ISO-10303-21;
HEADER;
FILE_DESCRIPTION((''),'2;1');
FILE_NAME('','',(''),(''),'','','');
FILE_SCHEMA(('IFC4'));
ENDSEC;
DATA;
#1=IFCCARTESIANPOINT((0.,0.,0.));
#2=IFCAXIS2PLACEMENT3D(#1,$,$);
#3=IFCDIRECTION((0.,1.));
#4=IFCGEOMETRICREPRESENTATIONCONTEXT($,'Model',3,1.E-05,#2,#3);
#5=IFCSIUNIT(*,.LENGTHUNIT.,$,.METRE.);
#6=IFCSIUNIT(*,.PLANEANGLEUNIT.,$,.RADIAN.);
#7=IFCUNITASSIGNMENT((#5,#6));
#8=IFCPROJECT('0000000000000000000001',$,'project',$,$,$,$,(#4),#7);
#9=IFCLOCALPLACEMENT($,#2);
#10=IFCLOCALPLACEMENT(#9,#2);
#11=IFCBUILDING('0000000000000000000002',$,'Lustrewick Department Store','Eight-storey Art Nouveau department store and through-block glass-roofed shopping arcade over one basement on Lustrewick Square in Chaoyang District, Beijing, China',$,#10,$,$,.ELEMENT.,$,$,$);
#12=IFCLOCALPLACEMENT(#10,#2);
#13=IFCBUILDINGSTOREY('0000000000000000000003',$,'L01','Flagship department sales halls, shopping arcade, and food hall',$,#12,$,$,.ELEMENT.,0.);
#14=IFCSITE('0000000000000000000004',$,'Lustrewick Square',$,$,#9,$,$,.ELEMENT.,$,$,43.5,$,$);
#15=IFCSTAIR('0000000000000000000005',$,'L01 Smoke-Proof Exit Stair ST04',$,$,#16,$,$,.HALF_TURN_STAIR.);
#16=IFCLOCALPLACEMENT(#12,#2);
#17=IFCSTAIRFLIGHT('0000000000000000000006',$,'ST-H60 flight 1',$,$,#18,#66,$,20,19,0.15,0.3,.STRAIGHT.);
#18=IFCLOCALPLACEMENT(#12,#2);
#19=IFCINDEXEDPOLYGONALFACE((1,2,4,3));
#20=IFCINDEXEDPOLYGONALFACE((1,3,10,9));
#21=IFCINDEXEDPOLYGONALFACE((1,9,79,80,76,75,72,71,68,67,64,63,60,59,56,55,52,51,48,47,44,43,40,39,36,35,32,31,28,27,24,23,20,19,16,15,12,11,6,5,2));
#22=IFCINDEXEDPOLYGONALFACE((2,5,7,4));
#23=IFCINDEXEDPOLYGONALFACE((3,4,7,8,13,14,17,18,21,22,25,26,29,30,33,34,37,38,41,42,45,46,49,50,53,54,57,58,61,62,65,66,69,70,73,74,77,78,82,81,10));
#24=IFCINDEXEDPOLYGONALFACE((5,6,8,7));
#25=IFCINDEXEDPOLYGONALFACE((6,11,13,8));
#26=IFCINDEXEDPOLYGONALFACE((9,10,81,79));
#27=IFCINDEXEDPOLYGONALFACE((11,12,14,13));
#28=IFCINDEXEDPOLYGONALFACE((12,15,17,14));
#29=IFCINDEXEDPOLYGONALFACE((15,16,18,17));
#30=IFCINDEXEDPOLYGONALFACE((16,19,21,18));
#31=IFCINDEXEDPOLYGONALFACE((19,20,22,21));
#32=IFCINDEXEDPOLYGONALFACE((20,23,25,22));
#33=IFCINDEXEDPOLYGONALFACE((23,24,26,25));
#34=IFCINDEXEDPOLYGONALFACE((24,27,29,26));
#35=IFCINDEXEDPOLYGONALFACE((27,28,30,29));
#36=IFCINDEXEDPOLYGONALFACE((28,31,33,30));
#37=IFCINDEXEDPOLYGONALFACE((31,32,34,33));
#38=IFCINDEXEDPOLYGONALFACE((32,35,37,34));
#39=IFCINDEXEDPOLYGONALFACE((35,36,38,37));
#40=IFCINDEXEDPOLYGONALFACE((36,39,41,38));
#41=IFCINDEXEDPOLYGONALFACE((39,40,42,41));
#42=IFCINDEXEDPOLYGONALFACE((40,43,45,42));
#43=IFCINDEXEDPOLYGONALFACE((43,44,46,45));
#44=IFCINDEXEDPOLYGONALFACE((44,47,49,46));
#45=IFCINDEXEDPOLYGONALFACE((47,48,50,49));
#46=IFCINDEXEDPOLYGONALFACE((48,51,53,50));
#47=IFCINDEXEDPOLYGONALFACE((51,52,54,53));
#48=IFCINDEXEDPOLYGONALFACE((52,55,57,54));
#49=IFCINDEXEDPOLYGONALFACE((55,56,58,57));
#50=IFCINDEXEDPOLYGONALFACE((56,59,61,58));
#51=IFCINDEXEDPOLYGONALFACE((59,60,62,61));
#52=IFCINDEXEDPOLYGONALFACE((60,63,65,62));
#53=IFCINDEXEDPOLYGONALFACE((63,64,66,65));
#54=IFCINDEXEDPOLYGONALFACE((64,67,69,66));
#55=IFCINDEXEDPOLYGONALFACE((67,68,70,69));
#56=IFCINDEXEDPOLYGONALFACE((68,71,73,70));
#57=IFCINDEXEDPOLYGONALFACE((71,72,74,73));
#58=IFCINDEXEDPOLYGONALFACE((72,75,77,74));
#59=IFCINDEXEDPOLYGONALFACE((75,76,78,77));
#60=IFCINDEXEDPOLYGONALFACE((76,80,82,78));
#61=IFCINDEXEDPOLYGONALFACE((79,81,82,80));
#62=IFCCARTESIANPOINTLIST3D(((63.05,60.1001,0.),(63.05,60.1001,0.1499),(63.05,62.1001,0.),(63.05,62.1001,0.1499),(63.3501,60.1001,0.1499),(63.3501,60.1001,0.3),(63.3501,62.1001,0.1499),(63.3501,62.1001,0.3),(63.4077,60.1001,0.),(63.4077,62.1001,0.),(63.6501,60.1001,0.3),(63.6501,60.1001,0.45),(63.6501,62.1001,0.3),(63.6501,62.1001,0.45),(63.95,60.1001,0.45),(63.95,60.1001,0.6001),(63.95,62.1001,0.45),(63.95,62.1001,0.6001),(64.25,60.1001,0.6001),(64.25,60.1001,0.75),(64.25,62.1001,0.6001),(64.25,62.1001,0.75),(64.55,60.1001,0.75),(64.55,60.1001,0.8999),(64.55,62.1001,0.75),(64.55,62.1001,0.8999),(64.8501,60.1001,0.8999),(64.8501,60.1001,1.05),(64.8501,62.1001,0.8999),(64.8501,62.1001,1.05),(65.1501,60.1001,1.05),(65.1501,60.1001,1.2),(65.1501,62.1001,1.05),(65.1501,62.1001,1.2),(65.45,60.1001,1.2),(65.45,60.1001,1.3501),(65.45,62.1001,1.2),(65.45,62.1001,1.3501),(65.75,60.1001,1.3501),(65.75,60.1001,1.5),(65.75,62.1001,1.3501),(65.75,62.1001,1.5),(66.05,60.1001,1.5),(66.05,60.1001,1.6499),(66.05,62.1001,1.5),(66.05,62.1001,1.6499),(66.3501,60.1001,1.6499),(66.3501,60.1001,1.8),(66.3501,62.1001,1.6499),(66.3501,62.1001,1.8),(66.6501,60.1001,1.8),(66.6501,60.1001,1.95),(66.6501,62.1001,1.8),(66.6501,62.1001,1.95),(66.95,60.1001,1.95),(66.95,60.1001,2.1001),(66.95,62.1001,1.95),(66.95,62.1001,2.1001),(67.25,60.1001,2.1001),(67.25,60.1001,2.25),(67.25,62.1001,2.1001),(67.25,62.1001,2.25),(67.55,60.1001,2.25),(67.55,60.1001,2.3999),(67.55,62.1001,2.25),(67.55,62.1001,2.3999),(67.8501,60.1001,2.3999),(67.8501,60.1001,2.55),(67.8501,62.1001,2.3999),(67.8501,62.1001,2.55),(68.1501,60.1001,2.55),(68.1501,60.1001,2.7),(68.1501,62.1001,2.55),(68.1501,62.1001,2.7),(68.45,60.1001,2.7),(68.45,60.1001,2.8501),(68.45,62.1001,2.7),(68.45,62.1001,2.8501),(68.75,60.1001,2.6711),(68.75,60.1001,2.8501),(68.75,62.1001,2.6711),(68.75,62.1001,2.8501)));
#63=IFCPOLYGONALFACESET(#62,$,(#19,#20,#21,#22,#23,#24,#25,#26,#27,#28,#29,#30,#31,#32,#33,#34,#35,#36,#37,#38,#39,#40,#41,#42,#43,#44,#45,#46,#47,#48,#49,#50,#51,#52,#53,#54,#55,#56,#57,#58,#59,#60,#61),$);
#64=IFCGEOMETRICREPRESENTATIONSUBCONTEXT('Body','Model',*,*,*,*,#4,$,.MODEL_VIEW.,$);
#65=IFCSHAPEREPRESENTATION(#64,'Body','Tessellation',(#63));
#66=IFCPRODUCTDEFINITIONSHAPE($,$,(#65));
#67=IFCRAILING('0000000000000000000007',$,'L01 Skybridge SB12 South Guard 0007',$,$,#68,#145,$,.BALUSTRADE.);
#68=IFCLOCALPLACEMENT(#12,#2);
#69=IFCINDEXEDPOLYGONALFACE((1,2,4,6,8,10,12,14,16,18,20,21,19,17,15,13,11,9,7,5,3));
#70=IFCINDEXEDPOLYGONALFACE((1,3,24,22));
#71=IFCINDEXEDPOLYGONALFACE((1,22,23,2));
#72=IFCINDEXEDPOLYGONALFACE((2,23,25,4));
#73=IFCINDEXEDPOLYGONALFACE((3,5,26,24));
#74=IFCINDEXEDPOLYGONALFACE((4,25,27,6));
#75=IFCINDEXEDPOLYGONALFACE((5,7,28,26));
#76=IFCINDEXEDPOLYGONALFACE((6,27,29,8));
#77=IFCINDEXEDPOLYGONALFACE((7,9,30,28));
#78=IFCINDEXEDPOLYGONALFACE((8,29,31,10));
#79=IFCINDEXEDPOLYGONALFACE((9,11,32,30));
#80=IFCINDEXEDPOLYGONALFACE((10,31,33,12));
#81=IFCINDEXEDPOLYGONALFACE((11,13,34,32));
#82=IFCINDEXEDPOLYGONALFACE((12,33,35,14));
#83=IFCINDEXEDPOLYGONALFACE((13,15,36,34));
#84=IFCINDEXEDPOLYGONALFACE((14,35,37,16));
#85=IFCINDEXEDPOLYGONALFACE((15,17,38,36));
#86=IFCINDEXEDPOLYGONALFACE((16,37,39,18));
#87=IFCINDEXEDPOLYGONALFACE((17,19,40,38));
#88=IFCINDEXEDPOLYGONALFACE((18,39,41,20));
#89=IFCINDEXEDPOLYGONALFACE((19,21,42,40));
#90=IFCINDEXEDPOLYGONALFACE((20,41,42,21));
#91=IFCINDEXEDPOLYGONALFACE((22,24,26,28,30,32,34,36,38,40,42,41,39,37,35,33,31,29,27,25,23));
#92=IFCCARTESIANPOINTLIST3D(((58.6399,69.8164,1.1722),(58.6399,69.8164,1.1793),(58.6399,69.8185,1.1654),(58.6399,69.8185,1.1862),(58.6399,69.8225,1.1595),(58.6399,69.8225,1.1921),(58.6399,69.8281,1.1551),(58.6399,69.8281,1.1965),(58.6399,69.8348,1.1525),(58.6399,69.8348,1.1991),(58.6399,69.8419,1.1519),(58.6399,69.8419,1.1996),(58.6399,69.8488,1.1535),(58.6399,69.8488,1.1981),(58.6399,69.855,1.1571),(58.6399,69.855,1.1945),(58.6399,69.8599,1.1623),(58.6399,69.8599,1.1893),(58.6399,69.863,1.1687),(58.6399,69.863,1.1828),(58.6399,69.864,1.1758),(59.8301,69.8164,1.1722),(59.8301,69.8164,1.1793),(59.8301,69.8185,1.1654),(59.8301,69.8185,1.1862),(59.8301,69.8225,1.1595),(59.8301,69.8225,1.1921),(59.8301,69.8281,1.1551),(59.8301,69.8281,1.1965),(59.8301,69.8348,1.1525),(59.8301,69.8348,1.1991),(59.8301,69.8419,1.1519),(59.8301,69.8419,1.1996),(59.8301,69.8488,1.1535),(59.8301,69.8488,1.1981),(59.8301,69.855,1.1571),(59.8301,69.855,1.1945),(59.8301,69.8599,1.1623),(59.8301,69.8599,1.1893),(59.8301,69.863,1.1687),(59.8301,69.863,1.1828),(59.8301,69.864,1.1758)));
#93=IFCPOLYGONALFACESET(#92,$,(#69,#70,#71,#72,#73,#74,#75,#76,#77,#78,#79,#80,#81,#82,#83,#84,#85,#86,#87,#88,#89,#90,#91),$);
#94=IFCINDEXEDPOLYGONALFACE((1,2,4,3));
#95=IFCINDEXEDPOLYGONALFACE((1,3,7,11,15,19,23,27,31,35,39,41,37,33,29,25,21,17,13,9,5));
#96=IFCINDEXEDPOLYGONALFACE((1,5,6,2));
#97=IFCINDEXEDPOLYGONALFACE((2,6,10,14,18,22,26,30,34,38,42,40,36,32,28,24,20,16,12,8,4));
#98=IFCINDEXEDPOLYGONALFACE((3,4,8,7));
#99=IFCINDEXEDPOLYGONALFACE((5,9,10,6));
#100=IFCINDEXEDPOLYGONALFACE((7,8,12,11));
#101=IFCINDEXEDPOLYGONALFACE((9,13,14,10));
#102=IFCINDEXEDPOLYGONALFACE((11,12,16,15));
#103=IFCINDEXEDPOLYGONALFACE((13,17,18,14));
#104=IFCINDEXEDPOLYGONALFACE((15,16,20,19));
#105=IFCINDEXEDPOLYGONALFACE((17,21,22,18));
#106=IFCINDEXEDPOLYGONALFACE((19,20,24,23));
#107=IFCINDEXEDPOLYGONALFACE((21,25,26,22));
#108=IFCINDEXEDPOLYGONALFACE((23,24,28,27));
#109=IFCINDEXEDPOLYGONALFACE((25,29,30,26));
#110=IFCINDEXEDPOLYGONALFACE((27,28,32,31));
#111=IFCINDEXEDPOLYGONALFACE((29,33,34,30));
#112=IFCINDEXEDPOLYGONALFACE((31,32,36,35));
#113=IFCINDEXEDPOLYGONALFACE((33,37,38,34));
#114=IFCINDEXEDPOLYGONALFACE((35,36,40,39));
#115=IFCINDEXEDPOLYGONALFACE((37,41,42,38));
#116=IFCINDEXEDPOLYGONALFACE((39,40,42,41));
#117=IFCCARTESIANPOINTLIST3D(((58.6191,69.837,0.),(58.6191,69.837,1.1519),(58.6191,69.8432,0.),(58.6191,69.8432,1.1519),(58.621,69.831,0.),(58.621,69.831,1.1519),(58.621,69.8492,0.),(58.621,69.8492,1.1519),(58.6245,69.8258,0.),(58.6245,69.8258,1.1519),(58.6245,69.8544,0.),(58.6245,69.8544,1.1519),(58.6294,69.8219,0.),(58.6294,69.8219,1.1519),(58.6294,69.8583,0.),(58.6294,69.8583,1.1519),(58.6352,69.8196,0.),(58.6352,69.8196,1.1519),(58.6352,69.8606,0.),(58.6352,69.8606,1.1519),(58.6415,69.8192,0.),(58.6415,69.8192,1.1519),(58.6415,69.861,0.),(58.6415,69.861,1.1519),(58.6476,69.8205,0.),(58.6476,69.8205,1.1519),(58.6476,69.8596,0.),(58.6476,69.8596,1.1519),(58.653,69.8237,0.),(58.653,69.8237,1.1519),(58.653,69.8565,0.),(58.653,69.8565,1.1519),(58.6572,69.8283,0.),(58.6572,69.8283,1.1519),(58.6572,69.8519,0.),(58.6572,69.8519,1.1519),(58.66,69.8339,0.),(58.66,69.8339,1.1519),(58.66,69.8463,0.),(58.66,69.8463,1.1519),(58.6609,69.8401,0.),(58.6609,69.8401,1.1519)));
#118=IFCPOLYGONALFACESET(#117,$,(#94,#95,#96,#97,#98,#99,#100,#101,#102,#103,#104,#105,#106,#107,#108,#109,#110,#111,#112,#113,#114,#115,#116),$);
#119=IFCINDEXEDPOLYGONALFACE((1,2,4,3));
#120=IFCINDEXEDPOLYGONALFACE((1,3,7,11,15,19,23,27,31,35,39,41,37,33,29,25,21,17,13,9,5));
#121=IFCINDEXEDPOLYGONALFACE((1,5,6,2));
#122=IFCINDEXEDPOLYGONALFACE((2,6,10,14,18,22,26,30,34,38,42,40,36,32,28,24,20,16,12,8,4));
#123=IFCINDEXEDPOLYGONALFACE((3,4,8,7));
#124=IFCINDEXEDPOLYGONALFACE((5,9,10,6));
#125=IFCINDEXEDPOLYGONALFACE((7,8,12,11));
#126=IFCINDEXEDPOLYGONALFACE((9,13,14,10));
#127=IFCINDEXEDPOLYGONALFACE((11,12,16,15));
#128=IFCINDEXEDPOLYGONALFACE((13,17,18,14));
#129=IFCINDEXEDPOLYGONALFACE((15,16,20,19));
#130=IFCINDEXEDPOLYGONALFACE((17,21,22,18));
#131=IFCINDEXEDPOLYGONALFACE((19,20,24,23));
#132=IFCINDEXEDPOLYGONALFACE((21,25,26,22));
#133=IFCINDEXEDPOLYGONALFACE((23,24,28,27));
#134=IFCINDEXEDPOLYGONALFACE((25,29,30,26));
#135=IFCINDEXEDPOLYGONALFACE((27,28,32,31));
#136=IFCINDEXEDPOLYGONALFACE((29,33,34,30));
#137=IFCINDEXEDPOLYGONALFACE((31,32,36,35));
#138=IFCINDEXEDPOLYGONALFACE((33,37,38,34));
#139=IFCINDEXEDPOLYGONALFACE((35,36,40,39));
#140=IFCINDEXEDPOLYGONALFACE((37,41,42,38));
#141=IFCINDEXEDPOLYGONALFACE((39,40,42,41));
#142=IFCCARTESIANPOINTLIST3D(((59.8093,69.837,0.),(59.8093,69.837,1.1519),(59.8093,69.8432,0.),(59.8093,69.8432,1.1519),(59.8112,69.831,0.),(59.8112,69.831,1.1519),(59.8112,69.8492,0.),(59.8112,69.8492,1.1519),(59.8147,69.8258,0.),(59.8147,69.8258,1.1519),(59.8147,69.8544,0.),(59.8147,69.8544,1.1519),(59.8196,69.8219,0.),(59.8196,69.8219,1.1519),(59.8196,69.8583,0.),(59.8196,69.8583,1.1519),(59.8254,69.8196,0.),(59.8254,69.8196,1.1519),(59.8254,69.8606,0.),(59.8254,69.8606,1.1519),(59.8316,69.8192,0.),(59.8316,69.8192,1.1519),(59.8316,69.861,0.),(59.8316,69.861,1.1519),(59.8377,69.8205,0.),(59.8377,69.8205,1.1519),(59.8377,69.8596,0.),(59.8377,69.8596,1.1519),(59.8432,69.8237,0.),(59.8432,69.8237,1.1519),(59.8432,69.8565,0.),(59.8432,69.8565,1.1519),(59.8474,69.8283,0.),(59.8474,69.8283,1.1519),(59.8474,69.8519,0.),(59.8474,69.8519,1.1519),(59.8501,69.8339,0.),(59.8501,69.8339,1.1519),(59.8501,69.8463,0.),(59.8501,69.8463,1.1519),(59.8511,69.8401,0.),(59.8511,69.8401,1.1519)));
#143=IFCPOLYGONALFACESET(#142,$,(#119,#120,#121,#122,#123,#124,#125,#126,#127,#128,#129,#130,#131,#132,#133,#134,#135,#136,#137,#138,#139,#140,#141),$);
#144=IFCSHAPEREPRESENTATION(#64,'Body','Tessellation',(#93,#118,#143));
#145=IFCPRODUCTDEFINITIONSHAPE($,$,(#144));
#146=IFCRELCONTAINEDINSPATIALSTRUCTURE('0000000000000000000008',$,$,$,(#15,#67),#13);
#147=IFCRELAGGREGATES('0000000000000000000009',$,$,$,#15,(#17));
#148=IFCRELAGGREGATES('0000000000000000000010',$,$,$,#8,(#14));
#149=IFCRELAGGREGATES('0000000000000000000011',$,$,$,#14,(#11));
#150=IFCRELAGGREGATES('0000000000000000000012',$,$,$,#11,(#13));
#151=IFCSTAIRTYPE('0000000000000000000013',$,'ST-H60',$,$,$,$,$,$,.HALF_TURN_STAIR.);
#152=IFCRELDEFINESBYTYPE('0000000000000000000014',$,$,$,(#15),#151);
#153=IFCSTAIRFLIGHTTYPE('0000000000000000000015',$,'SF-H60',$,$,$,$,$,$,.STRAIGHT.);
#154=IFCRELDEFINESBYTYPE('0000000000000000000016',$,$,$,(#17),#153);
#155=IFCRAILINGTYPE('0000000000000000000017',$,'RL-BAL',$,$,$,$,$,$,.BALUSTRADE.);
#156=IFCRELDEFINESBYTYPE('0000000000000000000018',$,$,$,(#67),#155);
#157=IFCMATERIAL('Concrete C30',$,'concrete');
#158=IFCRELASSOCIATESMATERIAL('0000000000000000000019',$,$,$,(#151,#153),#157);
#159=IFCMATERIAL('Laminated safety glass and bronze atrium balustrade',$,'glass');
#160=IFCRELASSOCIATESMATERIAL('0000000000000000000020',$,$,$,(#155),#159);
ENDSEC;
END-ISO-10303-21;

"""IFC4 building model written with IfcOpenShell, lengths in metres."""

from ifc_helpers import new_model, si_unit, direction, frame, origin, origin_2d, place, context, subcontext, project, spatial, polyline, circle, outline, extrude, material, type_object, element, aggregate, save


model = new_model("IFC4")

# Units and contexts
model_context = context("Model", 3, precision=1e-05, world=origin(), true_north=direction((0.0, 1.0)))
body_context = subcontext(model_context, "Body", "Model", "MODEL_VIEW")
ifc_project = project(units=[si_unit("LENGTHUNIT", "METRE"), si_unit("PLANEANGLEUNIT", "RADIAN")], contexts=[model_context])

# Site, building, storey
site_placement = place(None, origin())
site = spatial("IfcSite", under=ifc_project, at=site_placement, Name="Lustrewick Square", CompositionType="ELEMENT", RefElevation=43.5)
building_placement = place(site_placement, origin())
building = spatial("IfcBuilding", under=site, at=building_placement, Name="Lustrewick Department Store", Description="Eight-storey Art Nouveau department store and through-block glass-roofed shopping arcade over one basement on Lustrewick Square in Chaoyang District, Beijing, China", CompositionType="ELEMENT")
storey_placement = place(building_placement, origin())
storey = spatial("IfcBuildingStorey", under=building, at=storey_placement, Name="L01", Description="Flagship department sales halls, shopping arcade, and food hall", CompositionType="ELEMENT", Elevation=0.0)

# Stair, stair flight
ifc_material_1 = material(Name="Concrete C30", Category="concrete")
stair_type = type_object("IfcStairType", Name="ST-H60", PredefinedType="HALF_TURN_STAIR", material=ifc_material_1)
stair_placement = place(storey_placement, origin())
stair = element("IfcStair", 1, at=stair_placement, inside=storey, type_object=stair_type, Name="L01 Smoke-Proof Exit Stair ST04", PredefinedType="HALF_TURN_STAIR")
stair_flight_type = type_object("IfcStairFlightType", Name="SF-H60", PredefinedType="STRAIGHT", material=ifc_material_1)
stair_flight_placement = place(storey_placement, frame((63.05, 61.1001, 0.0), z_axis=(0.0, 0.0, 1.0), x_axis=(1.0, 0.0, 0.0)))
stair_flight = element("IfcStairFlight", 2, at=stair_flight_placement, type_object=stair_flight_type, Name="ST-H60 flight 1", NumberOfRisers=20, NumberOfTreads=19, PredefinedType="STRAIGHT", RiserHeight=0.15, TreadLength=0.3, context=body_context, shape_type="SweptSolid", body=[
    extrude(outline(polyline([(0.0, 0.0), (0.0, 0.1499), (0.3, 0.1499), (0.3, 0.3), (0.6001, 0.3), (0.6001, 0.45), (0.8999, 0.45), (0.8999, 0.6001), (1.2, 0.6001), (1.2, 0.75), (1.5, 0.75), (1.5, 0.8999), (1.8, 0.8999), (1.8, 1.05), (2.1001, 1.05), (2.1001, 1.2), (2.3999, 1.2), (2.3999, 1.3501), (2.7, 1.3501), (2.7, 1.5), (3.0, 1.5), (3.0, 1.6499), (3.3, 1.6499), (3.3, 1.8), (3.6001, 1.8), (3.6001, 1.95), (3.8999, 1.95), (3.8999, 2.1001), (4.2, 2.1001), (4.2, 2.25), (4.5, 2.25), (4.5, 2.3999), (4.8, 2.3999), (4.8, 2.55), (5.1001, 2.55), (5.1001, 2.7), (5.3999, 2.7), (5.3999, 2.8501), (5.7, 2.8501), (5.7, 3.0), (5.7, 2.6711), (0.3577, 0.0), (0.0, 0.0)])), frame((0.0, 1.0, 0.0), z_axis=(0.0, -1.0, 0.0), x_axis=(1.0, 0.0, 0.0)), (0.0, 0.0, 1.0), 2.0),
])
aggregate(stair, [stair_flight])

# Railing
ifc_material_2 = material(Name="Laminated safety glass and bronze atrium balustrade", Category="glass")
railing_type_1 = type_object("IfcRailingType", Name="RL-BAL", PredefinedType="BALUSTRADE", material=ifc_material_2)
for number, where, name in (
    (3, (58.6399, 69.8401, 0.0), "L01 Skybridge SB12 South Guard 0007"),
):
    element("IfcRailing", number, at=place(storey_placement, frame(where)), inside=storey, type_object=railing_type_1, Name=name, PredefinedType="BALUSTRADE", context=body_context, shape_type="SweptSolid", body=[
        extrude(circle(Radius=0.0239, at=origin_2d()), frame((0.0, 0.0, 1.1758), z_axis=(1.0, 0.0, 0.0), x_axis=(0.0, 1.0, 0.0)), (0.0, 0.0, 1.0), 1.1902),
        extrude(circle(Radius=0.021, at=origin_2d()), origin(), (0.0, 0.0, 1.0), 1.1519),
        extrude(circle(Radius=0.021, at=origin_2d()), frame((1.1902, 0.0, 0.0)), (0.0, 0.0, 1.0), 1.1519),
    ])

save(model, "model.ifc")
